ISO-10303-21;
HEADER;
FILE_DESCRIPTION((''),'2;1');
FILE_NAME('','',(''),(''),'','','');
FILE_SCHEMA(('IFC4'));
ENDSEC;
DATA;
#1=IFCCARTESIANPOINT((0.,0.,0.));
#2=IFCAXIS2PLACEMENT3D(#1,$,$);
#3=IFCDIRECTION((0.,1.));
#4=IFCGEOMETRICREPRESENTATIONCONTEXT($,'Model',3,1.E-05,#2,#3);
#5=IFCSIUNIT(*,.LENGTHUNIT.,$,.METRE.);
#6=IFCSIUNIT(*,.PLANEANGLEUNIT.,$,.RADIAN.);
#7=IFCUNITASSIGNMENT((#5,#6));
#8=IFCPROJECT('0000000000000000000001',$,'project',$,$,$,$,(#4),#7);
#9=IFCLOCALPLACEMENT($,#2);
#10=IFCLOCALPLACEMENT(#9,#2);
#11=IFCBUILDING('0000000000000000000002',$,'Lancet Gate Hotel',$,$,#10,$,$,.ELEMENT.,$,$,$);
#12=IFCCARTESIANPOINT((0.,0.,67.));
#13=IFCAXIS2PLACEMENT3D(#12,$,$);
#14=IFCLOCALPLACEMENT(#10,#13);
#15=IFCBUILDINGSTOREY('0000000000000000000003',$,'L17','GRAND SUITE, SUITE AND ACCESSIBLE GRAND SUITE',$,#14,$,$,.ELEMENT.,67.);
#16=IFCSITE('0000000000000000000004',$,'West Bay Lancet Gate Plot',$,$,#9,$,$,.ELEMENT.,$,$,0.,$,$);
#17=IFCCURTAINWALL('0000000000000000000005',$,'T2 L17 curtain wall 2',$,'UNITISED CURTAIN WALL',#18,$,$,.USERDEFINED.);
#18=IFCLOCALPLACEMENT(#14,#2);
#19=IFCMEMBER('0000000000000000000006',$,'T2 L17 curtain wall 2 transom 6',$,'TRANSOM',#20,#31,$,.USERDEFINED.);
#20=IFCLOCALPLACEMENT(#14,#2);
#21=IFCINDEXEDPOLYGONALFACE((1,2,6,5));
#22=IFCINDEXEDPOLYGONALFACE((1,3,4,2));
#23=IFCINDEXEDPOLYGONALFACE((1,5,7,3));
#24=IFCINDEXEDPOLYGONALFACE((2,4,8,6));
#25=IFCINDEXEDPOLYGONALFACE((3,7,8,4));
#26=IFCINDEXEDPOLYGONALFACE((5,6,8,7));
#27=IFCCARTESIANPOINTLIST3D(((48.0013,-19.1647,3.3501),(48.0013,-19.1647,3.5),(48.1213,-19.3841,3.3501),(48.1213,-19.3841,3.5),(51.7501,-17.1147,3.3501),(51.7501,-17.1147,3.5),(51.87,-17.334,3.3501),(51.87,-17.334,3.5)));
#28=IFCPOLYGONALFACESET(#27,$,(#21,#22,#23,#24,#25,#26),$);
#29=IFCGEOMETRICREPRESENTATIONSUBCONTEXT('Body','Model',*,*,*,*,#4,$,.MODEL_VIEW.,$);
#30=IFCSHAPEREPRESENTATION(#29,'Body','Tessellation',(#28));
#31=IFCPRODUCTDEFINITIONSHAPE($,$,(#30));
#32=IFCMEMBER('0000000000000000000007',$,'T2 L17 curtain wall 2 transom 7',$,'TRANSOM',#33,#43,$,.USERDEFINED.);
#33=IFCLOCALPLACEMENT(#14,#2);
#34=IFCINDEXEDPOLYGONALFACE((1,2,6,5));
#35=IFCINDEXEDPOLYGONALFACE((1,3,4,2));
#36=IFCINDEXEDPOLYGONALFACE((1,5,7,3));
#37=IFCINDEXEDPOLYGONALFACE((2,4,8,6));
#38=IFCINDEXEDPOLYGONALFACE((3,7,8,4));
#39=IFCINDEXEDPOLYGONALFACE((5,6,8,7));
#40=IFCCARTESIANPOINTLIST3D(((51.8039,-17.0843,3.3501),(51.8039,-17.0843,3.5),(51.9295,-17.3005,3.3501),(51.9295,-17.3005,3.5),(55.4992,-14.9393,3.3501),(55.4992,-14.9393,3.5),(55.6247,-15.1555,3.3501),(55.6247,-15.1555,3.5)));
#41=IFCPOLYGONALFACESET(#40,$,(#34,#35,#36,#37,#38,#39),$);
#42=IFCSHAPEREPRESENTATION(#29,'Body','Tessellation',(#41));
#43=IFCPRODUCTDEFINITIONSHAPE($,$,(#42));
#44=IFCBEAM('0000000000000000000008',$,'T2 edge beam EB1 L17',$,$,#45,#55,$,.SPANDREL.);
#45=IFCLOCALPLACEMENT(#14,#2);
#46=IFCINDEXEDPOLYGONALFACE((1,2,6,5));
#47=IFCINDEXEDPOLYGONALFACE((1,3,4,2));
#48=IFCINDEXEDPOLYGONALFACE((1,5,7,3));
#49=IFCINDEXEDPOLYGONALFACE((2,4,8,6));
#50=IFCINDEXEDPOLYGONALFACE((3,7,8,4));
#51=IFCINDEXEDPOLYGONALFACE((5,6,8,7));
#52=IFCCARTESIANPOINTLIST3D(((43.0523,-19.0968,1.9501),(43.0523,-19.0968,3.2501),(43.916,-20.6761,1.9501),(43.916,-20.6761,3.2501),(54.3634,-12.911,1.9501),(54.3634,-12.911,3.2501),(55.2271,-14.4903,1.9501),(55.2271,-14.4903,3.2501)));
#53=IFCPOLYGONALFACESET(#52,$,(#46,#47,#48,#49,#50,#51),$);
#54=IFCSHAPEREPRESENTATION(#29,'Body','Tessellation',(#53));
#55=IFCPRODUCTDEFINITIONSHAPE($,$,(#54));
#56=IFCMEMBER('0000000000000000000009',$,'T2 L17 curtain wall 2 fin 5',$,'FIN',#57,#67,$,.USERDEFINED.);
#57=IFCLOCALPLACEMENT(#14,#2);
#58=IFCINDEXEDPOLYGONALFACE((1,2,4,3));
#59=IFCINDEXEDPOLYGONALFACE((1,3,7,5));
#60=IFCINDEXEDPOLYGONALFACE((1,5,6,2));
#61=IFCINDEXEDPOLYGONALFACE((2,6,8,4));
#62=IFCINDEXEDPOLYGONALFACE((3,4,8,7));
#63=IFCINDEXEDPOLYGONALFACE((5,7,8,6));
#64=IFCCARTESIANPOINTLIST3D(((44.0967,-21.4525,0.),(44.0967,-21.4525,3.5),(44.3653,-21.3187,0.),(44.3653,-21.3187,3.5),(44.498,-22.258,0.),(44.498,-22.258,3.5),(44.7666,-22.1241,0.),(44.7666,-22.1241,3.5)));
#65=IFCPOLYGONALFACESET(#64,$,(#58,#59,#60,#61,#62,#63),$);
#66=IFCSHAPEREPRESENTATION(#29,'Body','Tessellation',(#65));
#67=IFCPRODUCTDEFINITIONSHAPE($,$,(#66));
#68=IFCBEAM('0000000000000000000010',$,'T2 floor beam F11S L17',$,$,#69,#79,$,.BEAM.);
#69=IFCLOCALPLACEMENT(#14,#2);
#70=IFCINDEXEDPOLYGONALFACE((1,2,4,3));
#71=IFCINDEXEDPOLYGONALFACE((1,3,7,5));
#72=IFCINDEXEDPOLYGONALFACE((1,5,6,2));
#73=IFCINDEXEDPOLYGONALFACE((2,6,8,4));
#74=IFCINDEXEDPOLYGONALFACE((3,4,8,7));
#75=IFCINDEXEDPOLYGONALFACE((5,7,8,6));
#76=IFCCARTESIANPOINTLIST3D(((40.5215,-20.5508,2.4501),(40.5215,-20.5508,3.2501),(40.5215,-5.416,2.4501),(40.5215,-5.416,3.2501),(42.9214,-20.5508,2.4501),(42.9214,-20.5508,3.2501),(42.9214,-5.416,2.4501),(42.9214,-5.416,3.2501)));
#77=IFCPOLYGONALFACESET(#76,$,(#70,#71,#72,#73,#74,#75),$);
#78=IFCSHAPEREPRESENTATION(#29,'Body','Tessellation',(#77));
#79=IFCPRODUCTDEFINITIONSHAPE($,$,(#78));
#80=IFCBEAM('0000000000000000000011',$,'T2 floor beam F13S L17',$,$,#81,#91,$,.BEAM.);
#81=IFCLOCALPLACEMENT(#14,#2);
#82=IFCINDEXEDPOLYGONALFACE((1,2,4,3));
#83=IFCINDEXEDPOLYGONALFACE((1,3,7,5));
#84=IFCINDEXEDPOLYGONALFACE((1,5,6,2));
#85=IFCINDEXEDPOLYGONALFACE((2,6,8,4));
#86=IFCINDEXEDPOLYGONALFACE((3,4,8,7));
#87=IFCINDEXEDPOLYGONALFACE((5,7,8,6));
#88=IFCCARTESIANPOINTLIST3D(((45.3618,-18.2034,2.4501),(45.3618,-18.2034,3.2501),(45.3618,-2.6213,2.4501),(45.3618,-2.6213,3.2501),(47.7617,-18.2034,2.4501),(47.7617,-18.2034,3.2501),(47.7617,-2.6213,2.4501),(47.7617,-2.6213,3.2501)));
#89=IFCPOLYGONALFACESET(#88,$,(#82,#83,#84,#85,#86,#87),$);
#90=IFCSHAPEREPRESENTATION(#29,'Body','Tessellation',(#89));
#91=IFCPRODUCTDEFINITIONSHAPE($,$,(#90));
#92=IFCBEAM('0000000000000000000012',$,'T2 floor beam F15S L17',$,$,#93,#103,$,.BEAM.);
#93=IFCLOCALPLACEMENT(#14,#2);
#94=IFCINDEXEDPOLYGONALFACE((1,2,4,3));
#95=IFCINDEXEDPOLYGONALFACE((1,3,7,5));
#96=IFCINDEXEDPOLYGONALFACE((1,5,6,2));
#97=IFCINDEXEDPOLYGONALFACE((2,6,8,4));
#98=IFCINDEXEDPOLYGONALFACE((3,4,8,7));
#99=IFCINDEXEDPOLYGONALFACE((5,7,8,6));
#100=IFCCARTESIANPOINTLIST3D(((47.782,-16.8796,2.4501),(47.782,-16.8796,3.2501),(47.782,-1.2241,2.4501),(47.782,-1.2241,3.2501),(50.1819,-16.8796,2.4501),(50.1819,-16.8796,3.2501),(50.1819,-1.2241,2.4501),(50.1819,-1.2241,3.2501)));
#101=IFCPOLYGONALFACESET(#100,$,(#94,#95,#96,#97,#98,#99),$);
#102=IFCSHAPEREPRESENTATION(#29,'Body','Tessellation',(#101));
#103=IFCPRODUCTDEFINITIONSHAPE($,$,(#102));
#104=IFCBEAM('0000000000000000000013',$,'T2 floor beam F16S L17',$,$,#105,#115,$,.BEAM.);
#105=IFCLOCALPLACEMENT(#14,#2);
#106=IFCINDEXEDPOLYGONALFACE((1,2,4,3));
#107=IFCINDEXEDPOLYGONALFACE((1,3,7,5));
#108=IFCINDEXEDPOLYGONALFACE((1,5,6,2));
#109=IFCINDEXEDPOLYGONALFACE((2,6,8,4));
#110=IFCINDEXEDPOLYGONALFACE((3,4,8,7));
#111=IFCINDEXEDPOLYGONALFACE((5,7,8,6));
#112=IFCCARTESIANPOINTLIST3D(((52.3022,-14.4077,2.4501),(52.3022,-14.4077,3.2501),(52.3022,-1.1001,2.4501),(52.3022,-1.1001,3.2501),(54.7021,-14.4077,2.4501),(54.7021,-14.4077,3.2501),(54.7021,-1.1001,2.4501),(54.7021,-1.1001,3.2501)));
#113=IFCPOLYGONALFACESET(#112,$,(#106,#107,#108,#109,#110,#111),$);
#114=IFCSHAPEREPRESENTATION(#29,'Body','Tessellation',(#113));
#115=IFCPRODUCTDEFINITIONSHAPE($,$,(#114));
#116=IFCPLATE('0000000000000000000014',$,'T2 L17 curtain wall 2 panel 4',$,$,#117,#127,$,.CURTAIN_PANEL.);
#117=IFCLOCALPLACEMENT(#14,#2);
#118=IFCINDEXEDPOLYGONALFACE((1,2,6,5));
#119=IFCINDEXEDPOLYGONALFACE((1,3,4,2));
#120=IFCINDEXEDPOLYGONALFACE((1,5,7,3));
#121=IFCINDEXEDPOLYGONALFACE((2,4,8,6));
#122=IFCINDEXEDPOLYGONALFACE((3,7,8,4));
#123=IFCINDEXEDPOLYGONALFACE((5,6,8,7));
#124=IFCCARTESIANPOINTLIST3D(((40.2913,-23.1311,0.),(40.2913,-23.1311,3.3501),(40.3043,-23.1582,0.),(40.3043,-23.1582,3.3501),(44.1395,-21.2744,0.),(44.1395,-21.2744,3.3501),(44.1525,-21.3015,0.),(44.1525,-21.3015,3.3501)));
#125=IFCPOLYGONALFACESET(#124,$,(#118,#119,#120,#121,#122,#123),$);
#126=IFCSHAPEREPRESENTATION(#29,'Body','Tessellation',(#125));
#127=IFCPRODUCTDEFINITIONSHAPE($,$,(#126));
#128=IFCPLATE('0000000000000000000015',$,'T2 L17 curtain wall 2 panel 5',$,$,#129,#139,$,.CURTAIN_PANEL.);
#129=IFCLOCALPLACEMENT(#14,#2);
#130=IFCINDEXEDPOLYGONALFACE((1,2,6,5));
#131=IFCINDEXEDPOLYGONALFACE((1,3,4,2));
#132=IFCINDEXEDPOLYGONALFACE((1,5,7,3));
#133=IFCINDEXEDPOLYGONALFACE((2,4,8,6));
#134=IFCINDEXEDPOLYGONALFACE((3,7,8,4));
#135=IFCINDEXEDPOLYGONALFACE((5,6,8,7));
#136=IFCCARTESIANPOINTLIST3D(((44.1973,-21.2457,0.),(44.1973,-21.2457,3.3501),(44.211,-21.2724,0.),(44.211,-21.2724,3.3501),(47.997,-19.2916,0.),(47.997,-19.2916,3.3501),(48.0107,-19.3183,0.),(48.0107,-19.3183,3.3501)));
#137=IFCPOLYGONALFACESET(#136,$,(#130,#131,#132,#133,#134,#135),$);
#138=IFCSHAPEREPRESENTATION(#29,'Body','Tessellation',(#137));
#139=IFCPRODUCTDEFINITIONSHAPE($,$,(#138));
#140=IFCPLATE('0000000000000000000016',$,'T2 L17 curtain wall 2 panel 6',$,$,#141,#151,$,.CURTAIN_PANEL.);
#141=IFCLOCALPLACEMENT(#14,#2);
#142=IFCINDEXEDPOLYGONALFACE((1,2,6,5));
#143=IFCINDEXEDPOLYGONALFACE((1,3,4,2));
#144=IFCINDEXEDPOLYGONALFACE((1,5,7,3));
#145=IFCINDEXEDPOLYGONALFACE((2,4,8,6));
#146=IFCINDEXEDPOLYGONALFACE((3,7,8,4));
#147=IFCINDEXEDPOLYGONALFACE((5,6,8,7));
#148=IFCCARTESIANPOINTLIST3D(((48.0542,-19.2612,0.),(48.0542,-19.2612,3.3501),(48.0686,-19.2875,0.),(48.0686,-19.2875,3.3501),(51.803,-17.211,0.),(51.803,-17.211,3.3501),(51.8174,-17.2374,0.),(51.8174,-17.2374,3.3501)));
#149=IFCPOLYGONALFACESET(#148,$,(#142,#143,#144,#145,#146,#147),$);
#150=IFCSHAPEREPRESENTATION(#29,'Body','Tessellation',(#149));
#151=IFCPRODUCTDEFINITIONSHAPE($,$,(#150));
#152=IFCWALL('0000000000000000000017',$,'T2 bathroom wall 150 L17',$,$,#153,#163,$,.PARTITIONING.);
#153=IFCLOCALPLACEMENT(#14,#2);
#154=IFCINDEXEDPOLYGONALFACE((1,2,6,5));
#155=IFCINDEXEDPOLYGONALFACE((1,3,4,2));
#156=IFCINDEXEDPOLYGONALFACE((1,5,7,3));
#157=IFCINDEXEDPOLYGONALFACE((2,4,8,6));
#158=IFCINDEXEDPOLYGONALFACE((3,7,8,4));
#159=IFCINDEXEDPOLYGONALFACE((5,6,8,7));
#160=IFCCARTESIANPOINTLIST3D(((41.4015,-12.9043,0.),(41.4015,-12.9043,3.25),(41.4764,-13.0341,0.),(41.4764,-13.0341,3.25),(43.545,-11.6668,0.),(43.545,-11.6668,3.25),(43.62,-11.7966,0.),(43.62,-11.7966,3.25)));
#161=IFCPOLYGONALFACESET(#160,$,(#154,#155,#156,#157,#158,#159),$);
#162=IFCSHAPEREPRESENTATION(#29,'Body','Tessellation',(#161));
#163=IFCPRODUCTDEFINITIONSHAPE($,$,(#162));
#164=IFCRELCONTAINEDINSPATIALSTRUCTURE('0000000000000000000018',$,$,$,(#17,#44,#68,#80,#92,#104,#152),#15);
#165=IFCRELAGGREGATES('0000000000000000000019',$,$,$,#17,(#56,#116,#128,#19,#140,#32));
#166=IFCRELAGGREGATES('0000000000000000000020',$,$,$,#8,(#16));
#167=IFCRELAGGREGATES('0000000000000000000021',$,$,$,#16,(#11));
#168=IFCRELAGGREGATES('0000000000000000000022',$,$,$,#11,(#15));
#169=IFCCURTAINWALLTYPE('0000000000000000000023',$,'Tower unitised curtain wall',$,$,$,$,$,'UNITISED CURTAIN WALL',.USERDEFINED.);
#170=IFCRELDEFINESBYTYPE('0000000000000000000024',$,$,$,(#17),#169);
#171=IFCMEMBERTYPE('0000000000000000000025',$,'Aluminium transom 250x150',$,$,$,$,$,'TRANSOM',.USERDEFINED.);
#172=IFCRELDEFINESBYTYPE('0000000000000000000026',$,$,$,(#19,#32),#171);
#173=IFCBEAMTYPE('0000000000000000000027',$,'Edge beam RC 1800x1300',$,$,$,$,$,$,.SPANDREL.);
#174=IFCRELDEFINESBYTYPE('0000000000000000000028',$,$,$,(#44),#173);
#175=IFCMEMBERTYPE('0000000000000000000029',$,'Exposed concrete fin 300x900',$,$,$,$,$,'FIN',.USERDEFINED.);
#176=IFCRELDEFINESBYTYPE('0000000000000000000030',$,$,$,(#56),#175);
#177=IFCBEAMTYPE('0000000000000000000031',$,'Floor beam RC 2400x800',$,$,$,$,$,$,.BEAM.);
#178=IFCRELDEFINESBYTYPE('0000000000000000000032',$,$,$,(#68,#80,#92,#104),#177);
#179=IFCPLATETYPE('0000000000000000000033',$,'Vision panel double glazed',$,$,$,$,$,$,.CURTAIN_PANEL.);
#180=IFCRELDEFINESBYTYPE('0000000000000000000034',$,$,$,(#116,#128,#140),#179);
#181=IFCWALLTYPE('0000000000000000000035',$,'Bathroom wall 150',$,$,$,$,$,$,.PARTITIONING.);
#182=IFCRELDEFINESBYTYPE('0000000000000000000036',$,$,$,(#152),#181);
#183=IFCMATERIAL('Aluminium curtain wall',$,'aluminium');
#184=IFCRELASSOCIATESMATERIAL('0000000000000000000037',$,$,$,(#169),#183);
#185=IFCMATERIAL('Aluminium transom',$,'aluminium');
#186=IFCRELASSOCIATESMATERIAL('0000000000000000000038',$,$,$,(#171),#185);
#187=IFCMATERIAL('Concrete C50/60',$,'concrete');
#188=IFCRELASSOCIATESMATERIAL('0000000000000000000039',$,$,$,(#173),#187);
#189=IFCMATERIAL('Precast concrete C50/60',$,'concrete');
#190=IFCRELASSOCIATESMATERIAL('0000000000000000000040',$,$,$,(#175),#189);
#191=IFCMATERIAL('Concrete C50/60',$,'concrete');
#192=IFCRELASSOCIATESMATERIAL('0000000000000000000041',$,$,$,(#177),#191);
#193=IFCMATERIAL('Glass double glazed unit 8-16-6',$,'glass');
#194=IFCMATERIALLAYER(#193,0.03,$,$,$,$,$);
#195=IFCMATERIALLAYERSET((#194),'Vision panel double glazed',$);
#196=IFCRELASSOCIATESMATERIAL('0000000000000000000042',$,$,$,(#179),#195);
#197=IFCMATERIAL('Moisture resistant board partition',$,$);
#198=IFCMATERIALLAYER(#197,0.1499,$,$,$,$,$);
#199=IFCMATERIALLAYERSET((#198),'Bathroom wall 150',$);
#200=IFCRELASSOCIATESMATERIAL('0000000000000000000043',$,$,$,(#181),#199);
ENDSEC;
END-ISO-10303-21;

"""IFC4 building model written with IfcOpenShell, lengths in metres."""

from ifc_helpers import new_model, si_unit, direction, frame, frame_2d, origin, origin_2d, place, context, subcontext, project, spatial, rectangle, extrude, material, layer, layer_set, material_profile, profile_set, type_object, element, aggregate, save


model = new_model("IFC4")

# Units and contexts
model_context = context("Model", 3, precision=1e-05, world=origin(), true_north=direction((0.0, 1.0)))
body_context = subcontext(model_context, "Body", "Model", "MODEL_VIEW")
ifc_project = project(units=[si_unit("LENGTHUNIT", "METRE"), si_unit("PLANEANGLEUNIT", "RADIAN")], contexts=[model_context])

# Site, building, storey
site_placement = place(None, origin())
site = spatial("IfcSite", under=ifc_project, at=site_placement, Name="West Bay Lancet Gate Plot", CompositionType="ELEMENT", RefElevation=0.0)
building_placement = place(site_placement, origin())
building = spatial("IfcBuilding", under=site, at=building_placement, Name="Lancet Gate Hotel", CompositionType="ELEMENT")
storey_placement = place(building_placement, frame((0.0, 0.0, 67.0)))
storey = spatial("IfcBuildingStorey", under=building, at=storey_placement, Name="L17", Description="GRAND SUITE, SUITE AND ACCESSIBLE GRAND SUITE", CompositionType="ELEMENT", Elevation=67.0)

# Curtain wall, members
ifc_material_1 = material(Name="Aluminium curtain wall", Category="aluminium")
curtain_wall_type = type_object("IfcCurtainWallType", Name="Tower unitised curtain wall", ElementType="UNITISED CURTAIN WALL", PredefinedType="USERDEFINED", material=ifc_material_1)
curtain_wall_placement = place(storey_placement, origin())
curtain_wall = element("IfcCurtainWall", 1, at=curtain_wall_placement, inside=storey, type_object=curtain_wall_type, Name="T2 L17 curtain wall 2", ObjectType="UNITISED CURTAIN WALL", PredefinedType="USERDEFINED")
ifc_material_2 = material(Name="Aluminium transom", Category="aluminium")
ifc_material_profile_1 = material_profile(ifc_material_2, rectangle(XDim=0.25, YDim=0.1499, at=origin_2d()), Name="TRANSOM 250x150")
ifc_profile_set_1 = profile_set([ifc_material_profile_1], Name="Aluminium transom")
member_type_1 = type_object("IfcMemberType", Name="Aluminium transom 250x150", ElementType="TRANSOM", PredefinedType="USERDEFINED", material=ifc_profile_set_1)
member_1_placement = place(storey_placement, frame((48.0613, -19.2744, 3.425), z_axis=(0.877378, 0.479801, 0.0), x_axis=(-0.479801, 0.877378, 0.0)))
member_1 = element("IfcMember", 2, at=member_1_placement, type_object=member_type_1, Name="T2 L17 curtain wall 2 transom 6", ObjectType="TRANSOM", PredefinedType="USERDEFINED", context=body_context, shape_type="SweptSolid", body=[
    extrude(rectangle(XDim=0.25, YDim=0.1499, at=origin_2d()), origin(), (0.0, 0.0, 1.0), 4.2727),
])
member_2_placement = place(storey_placement, frame((51.8667, -17.1924, 3.425), z_axis=(0.864855, 0.502022, 0.0), x_axis=(-0.502022, 0.864855, 0.0)))
member_2 = element("IfcMember", 3, at=member_2_placement, type_object=member_type_1, Name="T2 L17 curtain wall 2 transom 7", ObjectType="TRANSOM", PredefinedType="USERDEFINED", context=body_context, shape_type="SweptSolid", body=[
    extrude(rectangle(XDim=0.25, YDim=0.1499, at=origin_2d()), origin(), (0.0, 0.0, 1.0), 4.2727),
])

# Beam
ifc_material_3 = material(Name="Concrete C50/60", Category="concrete")
ifc_material_profile_2 = material_profile(ifc_material_3, rectangle(XDim=1.8, YDim=1.3, at=origin_2d()), Name="RC 1800x1300")
ifc_profile_set_2 = profile_set([ifc_material_profile_2], Name="Concrete C50/60")
beam_type_1 = type_object("IfcBeamType", Name="Edge beam RC 1800x1300", PredefinedType="SPANDREL", material=ifc_profile_set_2)
beam_1_placement = place(storey_placement, frame((43.4841, -19.8865, 2.6001), z_axis=(0.877369, 0.479816, 0.0), x_axis=(-0.479816, 0.877369, 0.0)))
element("IfcBeam", 4, at=beam_1_placement, inside=storey, type_object=beam_type_1, Name="T2 edge beam EB1 L17", PredefinedType="SPANDREL", context=body_context, shape_type="SweptSolid", body=[
    extrude(rectangle(XDim=1.8, YDim=1.3, at=origin_2d()), origin(), (0.0, 0.0, 1.0), 12.8921),
])

# Member
ifc_material_4 = material(Name="Precast concrete C50/60", Category="concrete")
ifc_material_profile_3 = material_profile(ifc_material_4, rectangle(XDim=0.3, YDim=0.8999, at=origin_2d()), Name="FIN 300x900")
ifc_profile_set_3 = profile_set([ifc_material_profile_3], Name="Precast concrete C50/60")
member_type_2 = type_object("IfcMemberType", Name="Exposed concrete fin 300x900", ElementType="FIN", PredefinedType="USERDEFINED", material=ifc_profile_set_3)
member_3_placement = place(storey_placement, frame((44.4316, -21.7883, 0.0), z_axis=(0.0, 0.0, 1.0), x_axis=(0.895044, 0.445978, 0.0)))
member_3 = element("IfcMember", 5, at=member_3_placement, type_object=member_type_2, Name="T2 L17 curtain wall 2 fin 5", ObjectType="FIN", PredefinedType="USERDEFINED", context=body_context, shape_type="SweptSolid", body=[
    extrude(rectangle(XDim=0.3, YDim=0.8999, at=origin_2d()), origin(), (0.0, 0.0, 1.0), 3.5),
])

# Beams
ifc_material_5 = material(Name="Concrete C50/60", Category="concrete")
ifc_material_profile_4 = material_profile(ifc_material_5, rectangle(XDim=2.3999, YDim=0.8, at=origin_2d()), Name="RC 2400x800")
ifc_profile_set_4 = profile_set([ifc_material_profile_4], Name="Concrete C50/60")
beam_type_2 = type_object("IfcBeamType", Name="Floor beam RC 2400x800", PredefinedType="BEAM", material=ifc_profile_set_4)
beam_2_placement = place(storey_placement, frame((41.7214, -20.5508, 2.8501), z_axis=(0.0, 1.0, 0.0), x_axis=(-1.0, 0.0, 0.0)))
element("IfcBeam", 6, at=beam_2_placement, inside=storey, type_object=beam_type_2, Name="T2 floor beam F11S L17", PredefinedType="BEAM", context=body_context, shape_type="SweptSolid", body=[
    extrude(rectangle(XDim=2.3999, YDim=0.8, at=origin_2d()), origin(), (0.0, 0.0, 1.0), 15.1348),
])
beam_3_placement = place(storey_placement, frame((46.5618, -18.2034, 2.8501), z_axis=(0.0, 1.0, 0.0), x_axis=(-1.0, 0.0, 0.0)))
element("IfcBeam", 7, at=beam_3_placement, inside=storey, type_object=beam_type_2, Name="T2 floor beam F13S L17", PredefinedType="BEAM", context=body_context, shape_type="SweptSolid", body=[
    extrude(rectangle(XDim=2.3999, YDim=0.8, at=origin_2d()), origin(), (0.0, 0.0, 1.0), 15.582),
])
beam_4_placement = place(storey_placement, frame((48.9819, -16.8796, 2.8501), z_axis=(0.0, 1.0, 0.0), x_axis=(-1.0, 0.0, 0.0)))
element("IfcBeam", 8, at=beam_4_placement, inside=storey, type_object=beam_type_2, Name="T2 floor beam F15S L17", PredefinedType="BEAM", context=body_context, shape_type="SweptSolid", body=[
    extrude(rectangle(XDim=2.3999, YDim=0.8, at=origin_2d()), origin(), (0.0, 0.0, 1.0), 15.6555),
])
beam_5_placement = place(storey_placement, frame((53.5022, -14.4077, 2.8501), z_axis=(0.0, 1.0, 0.0), x_axis=(-1.0, 0.0, 0.0)))
element("IfcBeam", 9, at=beam_5_placement, inside=storey, type_object=beam_type_2, Name="T2 floor beam F16S L17", PredefinedType="BEAM", context=body_context, shape_type="SweptSolid", body=[
    extrude(rectangle(XDim=2.3999, YDim=0.8, at=origin_2d()), origin(), (0.0, 0.0, 1.0), 13.3076),
])

# Plates
ifc_material_6 = material(Name="Glass double glazed unit 8-16-6", Category="glass")
ifc_layer_1 = layer(ifc_material_6, 0.03)
ifc_layer_set_1 = layer_set([ifc_layer_1], Name="Vision panel double glazed")
plate_type = type_object("IfcPlateType", Name="Vision panel double glazed", PredefinedType="CURTAIN_PANEL", material=ifc_layer_set_1)
plate_1_placement = place(storey_placement, frame((42.2219, -22.2163, 0.0), z_axis=(0.0, 0.0, 1.0), x_axis=(0.900647, 0.43455, 0.0)))
plate_1 = element("IfcPlate", 10, at=plate_1_placement, type_object=plate_type, Name="T2 L17 curtain wall 2 panel 4", PredefinedType="CURTAIN_PANEL", context=body_context, shape_type="SweptSolid", body=[
    extrude(rectangle(XDim=4.2727, YDim=0.03, at=origin_2d()), origin(), (0.0, 0.0, 1.0), 3.3501),
])
plate_2_placement = place(storey_placement, frame((46.104, -20.282, 0.0), z_axis=(0.0, 0.0, 1.0), x_axis=(0.889296, 0.457332, 0.0)))
plate_2 = element("IfcPlate", 11, at=plate_2_placement, type_object=plate_type, Name="T2 L17 curtain wall 2 panel 5", PredefinedType="CURTAIN_PANEL", context=body_context, shape_type="SweptSolid", body=[
    extrude(rectangle(XDim=4.2727, YDim=0.03, at=origin_2d()), origin(), (0.0, 0.0, 1.0), 3.3501),
])
plate_3_placement = place(storey_placement, frame((49.9358, -18.2493, 0.0), z_axis=(0.0, 0.0, 1.0), x_axis=(0.877368, 0.479818, 0.0)))
plate_3 = element("IfcPlate", 12, at=plate_3_placement, type_object=plate_type, Name="T2 L17 curtain wall 2 panel 6", PredefinedType="CURTAIN_PANEL", context=body_context, shape_type="SweptSolid", body=[
    extrude(rectangle(XDim=4.2727, YDim=0.03, at=origin_2d()), origin(), (0.0, 0.0, 1.0), 3.3501),
])
aggregate(curtain_wall, [member_3, plate_1, plate_2, member_1, plate_3, member_2])

# Wall
ifc_material_7 = material(Name="Moisture resistant board partition")
ifc_layer_2 = layer(ifc_material_7, 0.1499)
ifc_layer_set_2 = layer_set([ifc_layer_2], Name="Bathroom wall 150")
wall_type = type_object("IfcWallType", Name="Bathroom wall 150", PredefinedType="PARTITIONING", material=ifc_layer_set_2)
wall_placement = place(storey_placement, frame((41.439, -12.9692, 0.0), z_axis=(0.0, 0.0, 1.0), x_axis=(0.866031, 0.49999, 0.0)))
element("IfcWall", 13, at=wall_placement, inside=storey, type_object=wall_type, Name="T2 bathroom wall 150 L17", PredefinedType="PARTITIONING", context=body_context, shape_type="SweptSolid", body=[
    extrude(rectangle(XDim=2.4751, YDim=0.1499, at=frame_2d((1.2375, 0.0))), origin(), (0.0, 0.0, 1.0), 3.25),
])

save(model, "model.ifc")
